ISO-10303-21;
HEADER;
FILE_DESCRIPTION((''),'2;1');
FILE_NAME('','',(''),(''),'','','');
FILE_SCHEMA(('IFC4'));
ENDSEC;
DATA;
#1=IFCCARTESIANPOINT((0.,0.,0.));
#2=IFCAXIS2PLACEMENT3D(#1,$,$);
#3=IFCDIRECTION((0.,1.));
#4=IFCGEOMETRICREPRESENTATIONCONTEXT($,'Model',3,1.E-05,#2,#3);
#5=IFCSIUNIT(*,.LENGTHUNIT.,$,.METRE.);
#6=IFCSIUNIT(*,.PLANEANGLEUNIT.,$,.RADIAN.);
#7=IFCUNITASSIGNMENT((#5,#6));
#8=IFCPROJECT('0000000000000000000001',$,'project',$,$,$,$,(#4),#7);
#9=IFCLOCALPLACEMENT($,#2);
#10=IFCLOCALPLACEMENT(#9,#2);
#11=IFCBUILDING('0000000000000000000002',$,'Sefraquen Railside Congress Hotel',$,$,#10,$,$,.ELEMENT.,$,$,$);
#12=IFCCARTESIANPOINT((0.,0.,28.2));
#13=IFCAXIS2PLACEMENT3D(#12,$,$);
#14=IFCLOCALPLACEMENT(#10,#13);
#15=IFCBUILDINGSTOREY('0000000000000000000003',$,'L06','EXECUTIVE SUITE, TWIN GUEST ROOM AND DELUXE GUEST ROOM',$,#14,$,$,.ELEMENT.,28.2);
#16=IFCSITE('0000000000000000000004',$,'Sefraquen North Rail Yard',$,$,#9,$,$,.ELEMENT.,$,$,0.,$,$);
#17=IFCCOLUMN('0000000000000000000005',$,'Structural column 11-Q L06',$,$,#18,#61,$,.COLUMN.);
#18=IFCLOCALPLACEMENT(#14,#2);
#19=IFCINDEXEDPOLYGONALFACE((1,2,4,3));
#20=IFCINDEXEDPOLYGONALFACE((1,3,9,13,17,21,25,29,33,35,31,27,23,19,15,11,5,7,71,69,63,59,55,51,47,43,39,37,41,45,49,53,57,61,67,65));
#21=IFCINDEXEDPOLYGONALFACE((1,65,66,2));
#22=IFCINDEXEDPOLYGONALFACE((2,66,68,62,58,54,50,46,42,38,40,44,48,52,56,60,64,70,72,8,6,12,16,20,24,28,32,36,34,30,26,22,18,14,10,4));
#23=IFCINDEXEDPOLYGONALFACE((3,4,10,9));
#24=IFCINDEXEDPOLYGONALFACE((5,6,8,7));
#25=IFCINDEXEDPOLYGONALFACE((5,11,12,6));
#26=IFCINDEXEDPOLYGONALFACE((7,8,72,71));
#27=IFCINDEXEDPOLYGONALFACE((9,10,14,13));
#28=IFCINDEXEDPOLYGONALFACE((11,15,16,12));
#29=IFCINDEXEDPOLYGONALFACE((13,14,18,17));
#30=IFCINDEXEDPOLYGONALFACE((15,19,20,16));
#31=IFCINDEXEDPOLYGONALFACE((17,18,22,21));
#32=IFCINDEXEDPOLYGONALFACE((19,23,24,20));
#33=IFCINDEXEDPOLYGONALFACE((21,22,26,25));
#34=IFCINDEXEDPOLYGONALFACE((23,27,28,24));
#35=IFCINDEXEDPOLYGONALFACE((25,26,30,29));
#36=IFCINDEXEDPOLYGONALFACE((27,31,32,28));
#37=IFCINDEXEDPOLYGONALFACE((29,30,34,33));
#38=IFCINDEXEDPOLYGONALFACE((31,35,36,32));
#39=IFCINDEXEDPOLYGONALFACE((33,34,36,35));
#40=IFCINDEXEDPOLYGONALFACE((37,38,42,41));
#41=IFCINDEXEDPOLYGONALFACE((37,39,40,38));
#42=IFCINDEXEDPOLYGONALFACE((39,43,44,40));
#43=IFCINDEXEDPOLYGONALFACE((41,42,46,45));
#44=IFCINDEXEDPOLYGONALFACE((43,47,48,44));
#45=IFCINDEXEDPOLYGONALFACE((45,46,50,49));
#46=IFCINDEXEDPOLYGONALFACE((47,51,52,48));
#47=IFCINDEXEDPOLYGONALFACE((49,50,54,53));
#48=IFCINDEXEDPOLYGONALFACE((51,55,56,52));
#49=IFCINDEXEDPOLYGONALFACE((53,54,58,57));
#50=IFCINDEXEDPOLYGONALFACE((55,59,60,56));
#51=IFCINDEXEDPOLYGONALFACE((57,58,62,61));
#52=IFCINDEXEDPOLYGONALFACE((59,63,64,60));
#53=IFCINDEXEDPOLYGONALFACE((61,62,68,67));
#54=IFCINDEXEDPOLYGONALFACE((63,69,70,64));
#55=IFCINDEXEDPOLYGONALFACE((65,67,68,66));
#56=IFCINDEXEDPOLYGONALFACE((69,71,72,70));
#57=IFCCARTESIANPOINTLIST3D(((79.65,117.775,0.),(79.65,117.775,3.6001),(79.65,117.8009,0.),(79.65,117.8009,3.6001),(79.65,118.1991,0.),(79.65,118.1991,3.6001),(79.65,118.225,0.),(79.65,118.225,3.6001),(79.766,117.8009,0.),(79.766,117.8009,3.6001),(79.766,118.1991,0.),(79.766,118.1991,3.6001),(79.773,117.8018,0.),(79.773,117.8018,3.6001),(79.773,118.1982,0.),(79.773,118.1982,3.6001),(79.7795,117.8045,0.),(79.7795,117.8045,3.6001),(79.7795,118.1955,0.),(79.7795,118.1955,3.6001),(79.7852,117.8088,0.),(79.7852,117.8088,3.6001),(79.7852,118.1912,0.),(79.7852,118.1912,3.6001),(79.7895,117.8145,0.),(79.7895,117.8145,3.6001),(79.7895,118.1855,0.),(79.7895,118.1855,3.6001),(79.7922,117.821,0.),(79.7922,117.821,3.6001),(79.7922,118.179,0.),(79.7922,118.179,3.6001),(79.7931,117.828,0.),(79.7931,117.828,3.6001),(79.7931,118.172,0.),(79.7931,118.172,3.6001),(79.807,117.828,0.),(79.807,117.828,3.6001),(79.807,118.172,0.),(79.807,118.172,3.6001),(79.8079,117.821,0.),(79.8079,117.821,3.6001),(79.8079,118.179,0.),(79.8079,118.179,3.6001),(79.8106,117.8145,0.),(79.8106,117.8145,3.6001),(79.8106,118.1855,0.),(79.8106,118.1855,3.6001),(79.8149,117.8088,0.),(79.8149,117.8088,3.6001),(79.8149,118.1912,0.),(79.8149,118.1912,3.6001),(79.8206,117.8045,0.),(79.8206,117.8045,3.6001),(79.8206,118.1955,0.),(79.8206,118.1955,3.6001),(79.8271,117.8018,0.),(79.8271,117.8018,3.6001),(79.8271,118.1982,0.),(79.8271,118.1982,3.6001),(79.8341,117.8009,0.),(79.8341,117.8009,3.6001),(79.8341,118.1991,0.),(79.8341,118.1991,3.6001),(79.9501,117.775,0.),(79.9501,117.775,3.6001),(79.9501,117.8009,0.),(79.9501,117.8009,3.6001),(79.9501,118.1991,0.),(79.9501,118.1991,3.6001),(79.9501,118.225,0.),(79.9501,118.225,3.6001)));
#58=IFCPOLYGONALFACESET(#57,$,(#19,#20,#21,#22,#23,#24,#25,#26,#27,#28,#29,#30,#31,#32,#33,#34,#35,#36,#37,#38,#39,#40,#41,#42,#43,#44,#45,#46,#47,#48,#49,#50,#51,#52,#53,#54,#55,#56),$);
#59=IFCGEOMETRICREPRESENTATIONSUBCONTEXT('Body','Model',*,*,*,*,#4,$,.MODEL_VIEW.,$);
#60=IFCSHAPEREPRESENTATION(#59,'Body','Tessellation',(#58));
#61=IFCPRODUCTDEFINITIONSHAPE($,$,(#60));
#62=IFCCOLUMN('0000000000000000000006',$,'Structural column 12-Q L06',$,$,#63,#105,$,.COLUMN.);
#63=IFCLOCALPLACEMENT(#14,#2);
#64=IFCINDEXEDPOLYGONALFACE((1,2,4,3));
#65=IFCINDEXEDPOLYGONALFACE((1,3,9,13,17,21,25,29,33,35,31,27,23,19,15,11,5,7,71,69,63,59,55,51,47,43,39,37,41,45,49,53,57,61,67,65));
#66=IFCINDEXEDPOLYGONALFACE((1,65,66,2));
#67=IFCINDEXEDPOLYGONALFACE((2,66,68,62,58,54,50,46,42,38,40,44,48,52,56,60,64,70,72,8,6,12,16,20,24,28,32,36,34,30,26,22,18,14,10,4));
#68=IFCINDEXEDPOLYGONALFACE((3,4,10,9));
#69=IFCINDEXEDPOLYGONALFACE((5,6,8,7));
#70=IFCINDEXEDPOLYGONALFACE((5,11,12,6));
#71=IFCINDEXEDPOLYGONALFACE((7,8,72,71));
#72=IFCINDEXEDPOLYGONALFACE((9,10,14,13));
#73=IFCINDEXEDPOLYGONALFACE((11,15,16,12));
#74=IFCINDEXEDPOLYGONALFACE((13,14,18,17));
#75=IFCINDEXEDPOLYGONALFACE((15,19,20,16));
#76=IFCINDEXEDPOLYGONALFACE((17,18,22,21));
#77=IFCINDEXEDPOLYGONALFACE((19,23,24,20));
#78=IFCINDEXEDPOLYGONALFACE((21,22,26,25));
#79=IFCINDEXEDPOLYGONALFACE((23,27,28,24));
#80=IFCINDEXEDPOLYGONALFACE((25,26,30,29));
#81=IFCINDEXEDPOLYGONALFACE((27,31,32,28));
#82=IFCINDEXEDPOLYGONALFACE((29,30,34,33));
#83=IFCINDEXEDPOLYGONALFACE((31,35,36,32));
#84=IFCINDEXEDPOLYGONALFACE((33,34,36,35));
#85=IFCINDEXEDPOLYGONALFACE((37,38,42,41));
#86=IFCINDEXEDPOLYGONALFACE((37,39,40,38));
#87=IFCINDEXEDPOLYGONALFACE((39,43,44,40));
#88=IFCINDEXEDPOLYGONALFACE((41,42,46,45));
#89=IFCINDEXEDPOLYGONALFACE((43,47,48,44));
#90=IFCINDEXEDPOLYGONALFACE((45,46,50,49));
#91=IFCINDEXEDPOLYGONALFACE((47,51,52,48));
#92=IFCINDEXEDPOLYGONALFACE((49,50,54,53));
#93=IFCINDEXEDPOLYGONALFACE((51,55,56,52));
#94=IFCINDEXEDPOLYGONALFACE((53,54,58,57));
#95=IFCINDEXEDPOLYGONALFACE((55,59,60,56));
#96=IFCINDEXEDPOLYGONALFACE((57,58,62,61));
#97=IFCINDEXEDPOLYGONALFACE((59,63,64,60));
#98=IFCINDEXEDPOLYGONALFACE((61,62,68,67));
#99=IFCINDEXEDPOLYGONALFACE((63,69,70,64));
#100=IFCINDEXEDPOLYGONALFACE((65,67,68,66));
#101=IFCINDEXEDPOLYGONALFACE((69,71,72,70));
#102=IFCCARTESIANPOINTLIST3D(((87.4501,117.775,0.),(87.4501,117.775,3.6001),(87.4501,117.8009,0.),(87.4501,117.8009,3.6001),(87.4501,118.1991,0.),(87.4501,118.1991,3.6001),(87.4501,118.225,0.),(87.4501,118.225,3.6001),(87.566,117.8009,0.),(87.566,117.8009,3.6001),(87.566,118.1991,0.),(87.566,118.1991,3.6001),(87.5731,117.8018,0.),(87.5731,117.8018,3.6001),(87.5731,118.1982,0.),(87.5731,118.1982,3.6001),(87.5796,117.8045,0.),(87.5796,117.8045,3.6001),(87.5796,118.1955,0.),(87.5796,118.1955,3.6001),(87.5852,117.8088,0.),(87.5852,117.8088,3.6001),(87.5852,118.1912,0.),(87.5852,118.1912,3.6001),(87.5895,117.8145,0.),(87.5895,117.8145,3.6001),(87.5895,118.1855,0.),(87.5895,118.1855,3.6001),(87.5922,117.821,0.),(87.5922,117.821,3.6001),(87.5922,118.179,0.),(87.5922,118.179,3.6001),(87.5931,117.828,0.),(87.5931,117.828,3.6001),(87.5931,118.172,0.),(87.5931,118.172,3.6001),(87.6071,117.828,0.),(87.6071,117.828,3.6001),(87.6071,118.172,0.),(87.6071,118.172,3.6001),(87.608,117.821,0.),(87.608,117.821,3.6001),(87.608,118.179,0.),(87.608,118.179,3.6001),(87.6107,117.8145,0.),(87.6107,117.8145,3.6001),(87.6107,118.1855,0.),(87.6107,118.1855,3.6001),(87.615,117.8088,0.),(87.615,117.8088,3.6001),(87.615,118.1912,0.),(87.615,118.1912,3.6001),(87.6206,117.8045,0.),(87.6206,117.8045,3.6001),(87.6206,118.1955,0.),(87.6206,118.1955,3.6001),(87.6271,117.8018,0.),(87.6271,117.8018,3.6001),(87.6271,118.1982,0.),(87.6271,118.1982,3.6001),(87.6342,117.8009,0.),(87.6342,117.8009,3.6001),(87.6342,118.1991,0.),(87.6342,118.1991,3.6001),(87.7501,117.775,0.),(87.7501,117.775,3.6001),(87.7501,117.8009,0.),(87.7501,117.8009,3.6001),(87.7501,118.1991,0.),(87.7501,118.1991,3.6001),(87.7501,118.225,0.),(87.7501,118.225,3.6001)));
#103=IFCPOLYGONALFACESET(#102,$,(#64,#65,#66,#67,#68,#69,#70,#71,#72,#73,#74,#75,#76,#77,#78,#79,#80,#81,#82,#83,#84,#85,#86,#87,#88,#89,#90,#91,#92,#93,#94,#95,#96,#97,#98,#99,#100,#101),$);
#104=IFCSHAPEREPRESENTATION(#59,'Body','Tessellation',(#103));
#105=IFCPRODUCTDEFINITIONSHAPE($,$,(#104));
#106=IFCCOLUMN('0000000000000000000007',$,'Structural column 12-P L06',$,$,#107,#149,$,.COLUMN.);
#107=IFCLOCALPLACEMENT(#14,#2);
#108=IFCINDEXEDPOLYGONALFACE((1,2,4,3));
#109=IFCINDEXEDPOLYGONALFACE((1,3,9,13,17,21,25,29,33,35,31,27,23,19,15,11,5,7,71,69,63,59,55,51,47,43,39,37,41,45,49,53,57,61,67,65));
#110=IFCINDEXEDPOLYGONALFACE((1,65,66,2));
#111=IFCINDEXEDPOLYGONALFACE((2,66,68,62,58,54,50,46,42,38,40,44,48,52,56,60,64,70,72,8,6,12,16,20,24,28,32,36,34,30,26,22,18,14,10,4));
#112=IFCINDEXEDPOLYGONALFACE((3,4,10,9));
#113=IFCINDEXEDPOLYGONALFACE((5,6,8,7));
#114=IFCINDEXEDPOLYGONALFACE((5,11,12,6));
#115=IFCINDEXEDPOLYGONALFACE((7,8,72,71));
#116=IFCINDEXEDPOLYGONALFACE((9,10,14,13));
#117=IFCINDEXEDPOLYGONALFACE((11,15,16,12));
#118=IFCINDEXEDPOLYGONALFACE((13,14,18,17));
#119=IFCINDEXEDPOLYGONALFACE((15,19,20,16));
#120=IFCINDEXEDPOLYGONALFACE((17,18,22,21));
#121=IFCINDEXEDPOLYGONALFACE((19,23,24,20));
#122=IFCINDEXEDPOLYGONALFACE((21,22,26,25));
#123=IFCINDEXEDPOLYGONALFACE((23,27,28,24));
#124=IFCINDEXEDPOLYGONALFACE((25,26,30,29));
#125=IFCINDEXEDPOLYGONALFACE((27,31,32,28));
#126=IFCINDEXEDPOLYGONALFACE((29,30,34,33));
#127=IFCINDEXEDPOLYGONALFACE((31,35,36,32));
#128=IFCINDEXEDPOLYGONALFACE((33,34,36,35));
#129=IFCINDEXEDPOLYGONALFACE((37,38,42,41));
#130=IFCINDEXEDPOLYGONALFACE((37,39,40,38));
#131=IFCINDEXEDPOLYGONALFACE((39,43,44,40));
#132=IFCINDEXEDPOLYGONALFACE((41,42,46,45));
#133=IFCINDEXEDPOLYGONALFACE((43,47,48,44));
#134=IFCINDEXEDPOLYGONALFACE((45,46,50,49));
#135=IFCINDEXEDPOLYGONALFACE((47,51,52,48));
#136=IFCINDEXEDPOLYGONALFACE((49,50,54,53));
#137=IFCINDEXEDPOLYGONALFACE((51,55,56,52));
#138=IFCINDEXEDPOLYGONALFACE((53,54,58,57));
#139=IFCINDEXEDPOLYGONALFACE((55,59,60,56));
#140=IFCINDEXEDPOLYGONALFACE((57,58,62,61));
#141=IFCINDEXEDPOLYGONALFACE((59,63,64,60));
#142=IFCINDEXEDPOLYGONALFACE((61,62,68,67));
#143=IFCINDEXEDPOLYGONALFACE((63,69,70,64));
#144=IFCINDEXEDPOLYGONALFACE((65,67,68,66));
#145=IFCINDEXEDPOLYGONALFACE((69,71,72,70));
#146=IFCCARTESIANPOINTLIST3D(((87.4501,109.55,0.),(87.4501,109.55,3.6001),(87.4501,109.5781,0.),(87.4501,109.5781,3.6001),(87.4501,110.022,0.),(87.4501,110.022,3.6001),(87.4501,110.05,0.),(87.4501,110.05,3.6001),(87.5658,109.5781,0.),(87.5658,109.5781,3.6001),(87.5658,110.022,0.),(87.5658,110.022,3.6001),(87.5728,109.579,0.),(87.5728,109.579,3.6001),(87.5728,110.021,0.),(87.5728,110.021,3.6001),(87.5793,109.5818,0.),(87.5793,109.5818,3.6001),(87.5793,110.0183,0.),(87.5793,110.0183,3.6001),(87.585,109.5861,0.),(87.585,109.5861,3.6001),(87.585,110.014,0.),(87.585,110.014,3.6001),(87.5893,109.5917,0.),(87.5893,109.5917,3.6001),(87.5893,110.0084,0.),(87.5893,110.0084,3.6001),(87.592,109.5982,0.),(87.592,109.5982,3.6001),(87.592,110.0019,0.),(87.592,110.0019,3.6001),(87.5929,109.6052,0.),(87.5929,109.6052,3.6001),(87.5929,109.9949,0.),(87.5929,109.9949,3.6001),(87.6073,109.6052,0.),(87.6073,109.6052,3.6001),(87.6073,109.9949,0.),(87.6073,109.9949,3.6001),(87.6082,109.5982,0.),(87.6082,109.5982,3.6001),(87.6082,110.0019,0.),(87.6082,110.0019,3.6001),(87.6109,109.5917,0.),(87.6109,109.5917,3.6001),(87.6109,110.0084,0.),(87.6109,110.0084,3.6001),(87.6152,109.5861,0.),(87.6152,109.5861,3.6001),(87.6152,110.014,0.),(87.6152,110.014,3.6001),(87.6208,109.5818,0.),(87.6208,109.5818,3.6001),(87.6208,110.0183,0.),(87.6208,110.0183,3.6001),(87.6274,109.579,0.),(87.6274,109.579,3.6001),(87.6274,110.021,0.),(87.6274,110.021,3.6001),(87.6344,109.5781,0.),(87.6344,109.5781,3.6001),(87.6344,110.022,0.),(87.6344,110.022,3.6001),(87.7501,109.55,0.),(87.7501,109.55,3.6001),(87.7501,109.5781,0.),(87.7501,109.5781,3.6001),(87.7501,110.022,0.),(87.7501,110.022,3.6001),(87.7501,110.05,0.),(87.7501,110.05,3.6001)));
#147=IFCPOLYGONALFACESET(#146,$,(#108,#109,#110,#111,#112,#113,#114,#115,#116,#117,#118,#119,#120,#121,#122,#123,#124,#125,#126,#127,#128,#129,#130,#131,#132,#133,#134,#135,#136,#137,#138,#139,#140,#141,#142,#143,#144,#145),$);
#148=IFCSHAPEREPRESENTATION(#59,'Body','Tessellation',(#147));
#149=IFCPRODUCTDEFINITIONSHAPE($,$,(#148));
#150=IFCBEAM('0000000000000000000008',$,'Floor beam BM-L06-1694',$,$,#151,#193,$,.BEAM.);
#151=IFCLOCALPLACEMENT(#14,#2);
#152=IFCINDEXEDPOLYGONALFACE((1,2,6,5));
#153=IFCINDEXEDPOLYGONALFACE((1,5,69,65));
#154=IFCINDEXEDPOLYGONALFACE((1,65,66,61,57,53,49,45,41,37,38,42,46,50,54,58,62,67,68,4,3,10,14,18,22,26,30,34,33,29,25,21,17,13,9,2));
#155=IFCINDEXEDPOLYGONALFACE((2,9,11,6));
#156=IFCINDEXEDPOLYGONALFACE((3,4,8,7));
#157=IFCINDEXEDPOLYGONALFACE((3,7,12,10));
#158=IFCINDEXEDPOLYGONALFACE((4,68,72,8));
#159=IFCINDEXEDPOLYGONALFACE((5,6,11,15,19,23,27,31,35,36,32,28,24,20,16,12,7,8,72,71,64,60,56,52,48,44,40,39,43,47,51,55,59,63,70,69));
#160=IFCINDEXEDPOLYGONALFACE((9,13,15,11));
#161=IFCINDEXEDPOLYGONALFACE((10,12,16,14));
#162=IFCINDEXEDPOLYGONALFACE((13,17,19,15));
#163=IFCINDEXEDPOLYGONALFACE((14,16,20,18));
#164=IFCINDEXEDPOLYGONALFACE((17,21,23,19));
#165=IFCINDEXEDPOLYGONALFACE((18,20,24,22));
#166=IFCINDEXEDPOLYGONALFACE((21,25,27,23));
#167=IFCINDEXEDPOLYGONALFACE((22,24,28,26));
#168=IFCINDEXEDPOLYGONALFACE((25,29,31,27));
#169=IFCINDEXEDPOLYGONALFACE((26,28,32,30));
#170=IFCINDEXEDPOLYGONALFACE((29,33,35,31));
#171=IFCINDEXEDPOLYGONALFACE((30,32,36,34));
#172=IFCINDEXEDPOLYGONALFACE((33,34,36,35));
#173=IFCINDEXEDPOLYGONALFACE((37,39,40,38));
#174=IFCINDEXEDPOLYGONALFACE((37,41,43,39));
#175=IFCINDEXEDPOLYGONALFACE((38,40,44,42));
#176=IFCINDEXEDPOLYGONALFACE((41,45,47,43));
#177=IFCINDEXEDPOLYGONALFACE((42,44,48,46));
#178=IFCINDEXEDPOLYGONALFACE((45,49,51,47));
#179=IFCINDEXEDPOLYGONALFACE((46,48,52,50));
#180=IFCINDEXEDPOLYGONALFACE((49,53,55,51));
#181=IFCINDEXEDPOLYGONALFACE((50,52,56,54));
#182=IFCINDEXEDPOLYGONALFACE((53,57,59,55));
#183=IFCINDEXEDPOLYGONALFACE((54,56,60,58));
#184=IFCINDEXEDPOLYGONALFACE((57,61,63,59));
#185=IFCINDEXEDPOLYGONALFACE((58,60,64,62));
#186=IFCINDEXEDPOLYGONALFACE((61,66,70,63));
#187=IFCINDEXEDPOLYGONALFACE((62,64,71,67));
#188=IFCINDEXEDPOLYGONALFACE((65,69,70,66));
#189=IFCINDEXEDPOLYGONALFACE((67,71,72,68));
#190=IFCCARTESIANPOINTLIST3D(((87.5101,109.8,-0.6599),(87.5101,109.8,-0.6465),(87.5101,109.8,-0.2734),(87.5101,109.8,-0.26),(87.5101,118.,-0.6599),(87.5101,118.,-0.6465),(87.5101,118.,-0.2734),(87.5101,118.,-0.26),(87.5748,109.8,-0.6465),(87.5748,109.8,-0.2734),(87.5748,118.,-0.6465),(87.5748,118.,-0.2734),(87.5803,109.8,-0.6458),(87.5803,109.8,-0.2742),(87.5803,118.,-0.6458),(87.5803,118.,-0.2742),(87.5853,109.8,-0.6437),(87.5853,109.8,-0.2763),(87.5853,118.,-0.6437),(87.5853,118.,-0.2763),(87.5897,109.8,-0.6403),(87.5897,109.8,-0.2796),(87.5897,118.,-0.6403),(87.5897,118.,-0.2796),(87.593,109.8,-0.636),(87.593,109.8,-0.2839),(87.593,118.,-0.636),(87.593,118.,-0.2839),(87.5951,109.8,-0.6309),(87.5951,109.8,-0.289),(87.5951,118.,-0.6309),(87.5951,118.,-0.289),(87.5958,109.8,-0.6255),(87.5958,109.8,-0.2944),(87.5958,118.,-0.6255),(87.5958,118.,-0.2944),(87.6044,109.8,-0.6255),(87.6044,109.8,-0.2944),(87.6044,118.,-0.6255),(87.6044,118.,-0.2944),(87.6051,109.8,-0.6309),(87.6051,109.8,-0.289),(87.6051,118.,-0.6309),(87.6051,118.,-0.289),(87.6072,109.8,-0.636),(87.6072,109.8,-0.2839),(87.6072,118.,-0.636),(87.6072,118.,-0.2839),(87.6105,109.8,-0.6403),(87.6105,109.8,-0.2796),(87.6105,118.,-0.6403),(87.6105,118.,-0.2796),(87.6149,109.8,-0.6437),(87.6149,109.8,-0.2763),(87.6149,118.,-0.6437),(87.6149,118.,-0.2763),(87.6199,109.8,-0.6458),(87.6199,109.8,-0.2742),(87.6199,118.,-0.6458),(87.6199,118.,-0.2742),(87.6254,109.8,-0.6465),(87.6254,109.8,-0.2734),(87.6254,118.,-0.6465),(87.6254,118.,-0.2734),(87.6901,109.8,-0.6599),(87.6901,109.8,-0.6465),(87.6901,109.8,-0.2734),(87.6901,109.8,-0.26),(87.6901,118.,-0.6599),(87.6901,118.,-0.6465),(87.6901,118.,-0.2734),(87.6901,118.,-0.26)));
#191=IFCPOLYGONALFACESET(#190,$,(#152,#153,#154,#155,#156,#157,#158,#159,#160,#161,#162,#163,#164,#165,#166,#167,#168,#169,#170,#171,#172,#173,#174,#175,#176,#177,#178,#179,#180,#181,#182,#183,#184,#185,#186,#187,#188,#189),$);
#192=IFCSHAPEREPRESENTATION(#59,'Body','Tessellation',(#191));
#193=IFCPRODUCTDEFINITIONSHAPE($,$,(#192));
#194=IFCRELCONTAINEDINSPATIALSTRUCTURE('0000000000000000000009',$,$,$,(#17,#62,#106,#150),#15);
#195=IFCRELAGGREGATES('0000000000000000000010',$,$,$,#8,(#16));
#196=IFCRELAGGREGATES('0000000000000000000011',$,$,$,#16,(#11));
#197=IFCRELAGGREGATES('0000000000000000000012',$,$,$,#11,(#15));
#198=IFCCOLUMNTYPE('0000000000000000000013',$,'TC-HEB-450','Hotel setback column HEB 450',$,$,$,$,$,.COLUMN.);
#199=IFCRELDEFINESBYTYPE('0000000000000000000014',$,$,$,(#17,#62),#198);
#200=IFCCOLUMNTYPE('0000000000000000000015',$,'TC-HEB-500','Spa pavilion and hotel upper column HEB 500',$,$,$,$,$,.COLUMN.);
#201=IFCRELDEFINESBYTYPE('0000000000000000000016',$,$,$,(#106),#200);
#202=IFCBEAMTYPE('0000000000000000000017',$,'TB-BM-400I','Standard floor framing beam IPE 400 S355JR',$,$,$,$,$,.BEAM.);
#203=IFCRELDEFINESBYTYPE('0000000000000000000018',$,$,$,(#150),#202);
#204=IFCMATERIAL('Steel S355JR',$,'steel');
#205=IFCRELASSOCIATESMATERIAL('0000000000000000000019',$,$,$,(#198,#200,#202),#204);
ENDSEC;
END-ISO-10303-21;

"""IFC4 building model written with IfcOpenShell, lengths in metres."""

from ifc_helpers import new_model, si_unit, direction, frame, origin, origin_2d, place, context, subcontext, project, spatial, i_section, extrude, material, material_profile, profile_set, type_object, element, save


model = new_model("IFC4")

# Units and contexts
model_context = context("Model", 3, precision=1e-05, world=origin(), true_north=direction((0.0, 1.0)))
body_context = subcontext(model_context, "Body", "Model", "MODEL_VIEW")
ifc_project = project(units=[si_unit("LENGTHUNIT", "METRE"), si_unit("PLANEANGLEUNIT", "RADIAN")], contexts=[model_context])

# Site, building, storey
site_placement = place(None, origin())
site = spatial("IfcSite", under=ifc_project, at=site_placement, Name="Sefraquen North Rail Yard", CompositionType="ELEMENT", RefElevation=0.0)
building_placement = place(site_placement, origin())
building = spatial("IfcBuilding", under=site, at=building_placement, Name="Sefraquen Railside Congress Hotel", CompositionType="ELEMENT")
storey_placement = place(building_placement, frame((0.0, 0.0, 28.2)))
storey = spatial("IfcBuildingStorey", under=building, at=storey_placement, Name="L06", Description="EXECUTIVE SUITE, TWIN GUEST ROOM AND DELUXE GUEST ROOM", CompositionType="ELEMENT", Elevation=28.2)

# Columns
ifc_material_1 = material(Name="Steel S355JR", Category="steel")
ifc_material_profile_1 = material_profile(ifc_material_1, i_section(OverallWidth=0.3, OverallDepth=0.45, WebThickness=0.0139, FlangeThickness=0.0259, FilletRadius=0.0271, at=origin_2d()), Name="HEB 450")
ifc_profile_set_1 = profile_set([ifc_material_profile_1], Name="Steel S355JR")
column_type_1 = type_object("IfcColumnType", Name="TC-HEB-450", Description="Hotel setback column HEB 450", PredefinedType="COLUMN", material=ifc_profile_set_1)
for number, where, z_axis, x_axis, name in (
    (1, (79.8, 118.0, 0.0), (0.0, 0.0, 1.0), (1.0, 0.0, 0.0), "Structural column 11-Q L06"),
    (2, (87.6001, 118.0, 0.0), (0.0, 0.0, 1.0), (1.0, 0.0, 0.0), "Structural column 12-Q L06"),
):
    element("IfcColumn", number, at=place(storey_placement, frame(where, z_axis=z_axis, x_axis=x_axis)), inside=storey, type_object=column_type_1, Name=name, PredefinedType="COLUMN", context=body_context, shape_type="SweptSolid", body=[
        extrude(i_section(OverallWidth=0.3, OverallDepth=0.45, WebThickness=0.0139, FlangeThickness=0.0259, FilletRadius=0.0271, at=origin_2d()), origin(), (0.0, 0.0, 1.0), 3.6001),
    ])
ifc_material_profile_2 = material_profile(ifc_material_1, i_section(OverallWidth=0.3, OverallDepth=0.5, WebThickness=0.0144, FlangeThickness=0.0281, FilletRadius=0.0271, at=origin_2d()), Name="HEB 500")
ifc_profile_set_2 = profile_set([ifc_material_profile_2], Name="Steel S355JR")
column_type_2 = type_object("IfcColumnType", Name="TC-HEB-500", Description="Spa pavilion and hotel upper column HEB 500", PredefinedType="COLUMN", material=ifc_profile_set_2)
column_placement = place(storey_placement, frame((87.6001, 109.8, 0.0), z_axis=(0.0, 0.0, 1.0), x_axis=(1.0, 0.0, 0.0)))
element("IfcColumn", 3, at=column_placement, inside=storey, type_object=column_type_2, Name="Structural column 12-P L06", PredefinedType="COLUMN", context=body_context, shape_type="SweptSolid", body=[
    extrude(i_section(OverallWidth=0.3, OverallDepth=0.5, WebThickness=0.0144, FlangeThickness=0.0281, FilletRadius=0.0271, at=origin_2d()), origin(), (0.0, 0.0, 1.0), 3.6001),
])

# Beam
ifc_material_profile_3 = material_profile(ifc_material_1, i_section(OverallWidth=0.1799, OverallDepth=0.3999, WebThickness=0.0085, FlangeThickness=0.0134, FilletRadius=0.021, at=origin_2d()), Name="IPE 400")
ifc_profile_set_3 = profile_set([ifc_material_profile_3], Name="Steel S355JR")
beam_type_1 = type_object("IfcBeamType", Name="TB-BM-400I", Description="Standard floor framing beam IPE 400 S355JR", PredefinedType="BEAM", material=ifc_profile_set_3)
beam_1_placement = place(storey_placement, frame((87.6001, 109.8, -0.46), z_axis=(0.0, 1.0, 0.0), x_axis=(-1.0, 0.0, 0.0)))
element("IfcBeam", 4, at=beam_1_placement, inside=storey, type_object=beam_type_1, Name="Floor beam BM-L06-1694", PredefinedType="BEAM", context=body_context, shape_type="SweptSolid", body=[
    extrude(i_section(OverallWidth=0.1799, OverallDepth=0.3999, WebThickness=0.0085, FlangeThickness=0.0134, FilletRadius=0.021, at=origin_2d()), origin(), (0.0, 0.0, 1.0), 8.2),
])

save(model, "model.ifc")
